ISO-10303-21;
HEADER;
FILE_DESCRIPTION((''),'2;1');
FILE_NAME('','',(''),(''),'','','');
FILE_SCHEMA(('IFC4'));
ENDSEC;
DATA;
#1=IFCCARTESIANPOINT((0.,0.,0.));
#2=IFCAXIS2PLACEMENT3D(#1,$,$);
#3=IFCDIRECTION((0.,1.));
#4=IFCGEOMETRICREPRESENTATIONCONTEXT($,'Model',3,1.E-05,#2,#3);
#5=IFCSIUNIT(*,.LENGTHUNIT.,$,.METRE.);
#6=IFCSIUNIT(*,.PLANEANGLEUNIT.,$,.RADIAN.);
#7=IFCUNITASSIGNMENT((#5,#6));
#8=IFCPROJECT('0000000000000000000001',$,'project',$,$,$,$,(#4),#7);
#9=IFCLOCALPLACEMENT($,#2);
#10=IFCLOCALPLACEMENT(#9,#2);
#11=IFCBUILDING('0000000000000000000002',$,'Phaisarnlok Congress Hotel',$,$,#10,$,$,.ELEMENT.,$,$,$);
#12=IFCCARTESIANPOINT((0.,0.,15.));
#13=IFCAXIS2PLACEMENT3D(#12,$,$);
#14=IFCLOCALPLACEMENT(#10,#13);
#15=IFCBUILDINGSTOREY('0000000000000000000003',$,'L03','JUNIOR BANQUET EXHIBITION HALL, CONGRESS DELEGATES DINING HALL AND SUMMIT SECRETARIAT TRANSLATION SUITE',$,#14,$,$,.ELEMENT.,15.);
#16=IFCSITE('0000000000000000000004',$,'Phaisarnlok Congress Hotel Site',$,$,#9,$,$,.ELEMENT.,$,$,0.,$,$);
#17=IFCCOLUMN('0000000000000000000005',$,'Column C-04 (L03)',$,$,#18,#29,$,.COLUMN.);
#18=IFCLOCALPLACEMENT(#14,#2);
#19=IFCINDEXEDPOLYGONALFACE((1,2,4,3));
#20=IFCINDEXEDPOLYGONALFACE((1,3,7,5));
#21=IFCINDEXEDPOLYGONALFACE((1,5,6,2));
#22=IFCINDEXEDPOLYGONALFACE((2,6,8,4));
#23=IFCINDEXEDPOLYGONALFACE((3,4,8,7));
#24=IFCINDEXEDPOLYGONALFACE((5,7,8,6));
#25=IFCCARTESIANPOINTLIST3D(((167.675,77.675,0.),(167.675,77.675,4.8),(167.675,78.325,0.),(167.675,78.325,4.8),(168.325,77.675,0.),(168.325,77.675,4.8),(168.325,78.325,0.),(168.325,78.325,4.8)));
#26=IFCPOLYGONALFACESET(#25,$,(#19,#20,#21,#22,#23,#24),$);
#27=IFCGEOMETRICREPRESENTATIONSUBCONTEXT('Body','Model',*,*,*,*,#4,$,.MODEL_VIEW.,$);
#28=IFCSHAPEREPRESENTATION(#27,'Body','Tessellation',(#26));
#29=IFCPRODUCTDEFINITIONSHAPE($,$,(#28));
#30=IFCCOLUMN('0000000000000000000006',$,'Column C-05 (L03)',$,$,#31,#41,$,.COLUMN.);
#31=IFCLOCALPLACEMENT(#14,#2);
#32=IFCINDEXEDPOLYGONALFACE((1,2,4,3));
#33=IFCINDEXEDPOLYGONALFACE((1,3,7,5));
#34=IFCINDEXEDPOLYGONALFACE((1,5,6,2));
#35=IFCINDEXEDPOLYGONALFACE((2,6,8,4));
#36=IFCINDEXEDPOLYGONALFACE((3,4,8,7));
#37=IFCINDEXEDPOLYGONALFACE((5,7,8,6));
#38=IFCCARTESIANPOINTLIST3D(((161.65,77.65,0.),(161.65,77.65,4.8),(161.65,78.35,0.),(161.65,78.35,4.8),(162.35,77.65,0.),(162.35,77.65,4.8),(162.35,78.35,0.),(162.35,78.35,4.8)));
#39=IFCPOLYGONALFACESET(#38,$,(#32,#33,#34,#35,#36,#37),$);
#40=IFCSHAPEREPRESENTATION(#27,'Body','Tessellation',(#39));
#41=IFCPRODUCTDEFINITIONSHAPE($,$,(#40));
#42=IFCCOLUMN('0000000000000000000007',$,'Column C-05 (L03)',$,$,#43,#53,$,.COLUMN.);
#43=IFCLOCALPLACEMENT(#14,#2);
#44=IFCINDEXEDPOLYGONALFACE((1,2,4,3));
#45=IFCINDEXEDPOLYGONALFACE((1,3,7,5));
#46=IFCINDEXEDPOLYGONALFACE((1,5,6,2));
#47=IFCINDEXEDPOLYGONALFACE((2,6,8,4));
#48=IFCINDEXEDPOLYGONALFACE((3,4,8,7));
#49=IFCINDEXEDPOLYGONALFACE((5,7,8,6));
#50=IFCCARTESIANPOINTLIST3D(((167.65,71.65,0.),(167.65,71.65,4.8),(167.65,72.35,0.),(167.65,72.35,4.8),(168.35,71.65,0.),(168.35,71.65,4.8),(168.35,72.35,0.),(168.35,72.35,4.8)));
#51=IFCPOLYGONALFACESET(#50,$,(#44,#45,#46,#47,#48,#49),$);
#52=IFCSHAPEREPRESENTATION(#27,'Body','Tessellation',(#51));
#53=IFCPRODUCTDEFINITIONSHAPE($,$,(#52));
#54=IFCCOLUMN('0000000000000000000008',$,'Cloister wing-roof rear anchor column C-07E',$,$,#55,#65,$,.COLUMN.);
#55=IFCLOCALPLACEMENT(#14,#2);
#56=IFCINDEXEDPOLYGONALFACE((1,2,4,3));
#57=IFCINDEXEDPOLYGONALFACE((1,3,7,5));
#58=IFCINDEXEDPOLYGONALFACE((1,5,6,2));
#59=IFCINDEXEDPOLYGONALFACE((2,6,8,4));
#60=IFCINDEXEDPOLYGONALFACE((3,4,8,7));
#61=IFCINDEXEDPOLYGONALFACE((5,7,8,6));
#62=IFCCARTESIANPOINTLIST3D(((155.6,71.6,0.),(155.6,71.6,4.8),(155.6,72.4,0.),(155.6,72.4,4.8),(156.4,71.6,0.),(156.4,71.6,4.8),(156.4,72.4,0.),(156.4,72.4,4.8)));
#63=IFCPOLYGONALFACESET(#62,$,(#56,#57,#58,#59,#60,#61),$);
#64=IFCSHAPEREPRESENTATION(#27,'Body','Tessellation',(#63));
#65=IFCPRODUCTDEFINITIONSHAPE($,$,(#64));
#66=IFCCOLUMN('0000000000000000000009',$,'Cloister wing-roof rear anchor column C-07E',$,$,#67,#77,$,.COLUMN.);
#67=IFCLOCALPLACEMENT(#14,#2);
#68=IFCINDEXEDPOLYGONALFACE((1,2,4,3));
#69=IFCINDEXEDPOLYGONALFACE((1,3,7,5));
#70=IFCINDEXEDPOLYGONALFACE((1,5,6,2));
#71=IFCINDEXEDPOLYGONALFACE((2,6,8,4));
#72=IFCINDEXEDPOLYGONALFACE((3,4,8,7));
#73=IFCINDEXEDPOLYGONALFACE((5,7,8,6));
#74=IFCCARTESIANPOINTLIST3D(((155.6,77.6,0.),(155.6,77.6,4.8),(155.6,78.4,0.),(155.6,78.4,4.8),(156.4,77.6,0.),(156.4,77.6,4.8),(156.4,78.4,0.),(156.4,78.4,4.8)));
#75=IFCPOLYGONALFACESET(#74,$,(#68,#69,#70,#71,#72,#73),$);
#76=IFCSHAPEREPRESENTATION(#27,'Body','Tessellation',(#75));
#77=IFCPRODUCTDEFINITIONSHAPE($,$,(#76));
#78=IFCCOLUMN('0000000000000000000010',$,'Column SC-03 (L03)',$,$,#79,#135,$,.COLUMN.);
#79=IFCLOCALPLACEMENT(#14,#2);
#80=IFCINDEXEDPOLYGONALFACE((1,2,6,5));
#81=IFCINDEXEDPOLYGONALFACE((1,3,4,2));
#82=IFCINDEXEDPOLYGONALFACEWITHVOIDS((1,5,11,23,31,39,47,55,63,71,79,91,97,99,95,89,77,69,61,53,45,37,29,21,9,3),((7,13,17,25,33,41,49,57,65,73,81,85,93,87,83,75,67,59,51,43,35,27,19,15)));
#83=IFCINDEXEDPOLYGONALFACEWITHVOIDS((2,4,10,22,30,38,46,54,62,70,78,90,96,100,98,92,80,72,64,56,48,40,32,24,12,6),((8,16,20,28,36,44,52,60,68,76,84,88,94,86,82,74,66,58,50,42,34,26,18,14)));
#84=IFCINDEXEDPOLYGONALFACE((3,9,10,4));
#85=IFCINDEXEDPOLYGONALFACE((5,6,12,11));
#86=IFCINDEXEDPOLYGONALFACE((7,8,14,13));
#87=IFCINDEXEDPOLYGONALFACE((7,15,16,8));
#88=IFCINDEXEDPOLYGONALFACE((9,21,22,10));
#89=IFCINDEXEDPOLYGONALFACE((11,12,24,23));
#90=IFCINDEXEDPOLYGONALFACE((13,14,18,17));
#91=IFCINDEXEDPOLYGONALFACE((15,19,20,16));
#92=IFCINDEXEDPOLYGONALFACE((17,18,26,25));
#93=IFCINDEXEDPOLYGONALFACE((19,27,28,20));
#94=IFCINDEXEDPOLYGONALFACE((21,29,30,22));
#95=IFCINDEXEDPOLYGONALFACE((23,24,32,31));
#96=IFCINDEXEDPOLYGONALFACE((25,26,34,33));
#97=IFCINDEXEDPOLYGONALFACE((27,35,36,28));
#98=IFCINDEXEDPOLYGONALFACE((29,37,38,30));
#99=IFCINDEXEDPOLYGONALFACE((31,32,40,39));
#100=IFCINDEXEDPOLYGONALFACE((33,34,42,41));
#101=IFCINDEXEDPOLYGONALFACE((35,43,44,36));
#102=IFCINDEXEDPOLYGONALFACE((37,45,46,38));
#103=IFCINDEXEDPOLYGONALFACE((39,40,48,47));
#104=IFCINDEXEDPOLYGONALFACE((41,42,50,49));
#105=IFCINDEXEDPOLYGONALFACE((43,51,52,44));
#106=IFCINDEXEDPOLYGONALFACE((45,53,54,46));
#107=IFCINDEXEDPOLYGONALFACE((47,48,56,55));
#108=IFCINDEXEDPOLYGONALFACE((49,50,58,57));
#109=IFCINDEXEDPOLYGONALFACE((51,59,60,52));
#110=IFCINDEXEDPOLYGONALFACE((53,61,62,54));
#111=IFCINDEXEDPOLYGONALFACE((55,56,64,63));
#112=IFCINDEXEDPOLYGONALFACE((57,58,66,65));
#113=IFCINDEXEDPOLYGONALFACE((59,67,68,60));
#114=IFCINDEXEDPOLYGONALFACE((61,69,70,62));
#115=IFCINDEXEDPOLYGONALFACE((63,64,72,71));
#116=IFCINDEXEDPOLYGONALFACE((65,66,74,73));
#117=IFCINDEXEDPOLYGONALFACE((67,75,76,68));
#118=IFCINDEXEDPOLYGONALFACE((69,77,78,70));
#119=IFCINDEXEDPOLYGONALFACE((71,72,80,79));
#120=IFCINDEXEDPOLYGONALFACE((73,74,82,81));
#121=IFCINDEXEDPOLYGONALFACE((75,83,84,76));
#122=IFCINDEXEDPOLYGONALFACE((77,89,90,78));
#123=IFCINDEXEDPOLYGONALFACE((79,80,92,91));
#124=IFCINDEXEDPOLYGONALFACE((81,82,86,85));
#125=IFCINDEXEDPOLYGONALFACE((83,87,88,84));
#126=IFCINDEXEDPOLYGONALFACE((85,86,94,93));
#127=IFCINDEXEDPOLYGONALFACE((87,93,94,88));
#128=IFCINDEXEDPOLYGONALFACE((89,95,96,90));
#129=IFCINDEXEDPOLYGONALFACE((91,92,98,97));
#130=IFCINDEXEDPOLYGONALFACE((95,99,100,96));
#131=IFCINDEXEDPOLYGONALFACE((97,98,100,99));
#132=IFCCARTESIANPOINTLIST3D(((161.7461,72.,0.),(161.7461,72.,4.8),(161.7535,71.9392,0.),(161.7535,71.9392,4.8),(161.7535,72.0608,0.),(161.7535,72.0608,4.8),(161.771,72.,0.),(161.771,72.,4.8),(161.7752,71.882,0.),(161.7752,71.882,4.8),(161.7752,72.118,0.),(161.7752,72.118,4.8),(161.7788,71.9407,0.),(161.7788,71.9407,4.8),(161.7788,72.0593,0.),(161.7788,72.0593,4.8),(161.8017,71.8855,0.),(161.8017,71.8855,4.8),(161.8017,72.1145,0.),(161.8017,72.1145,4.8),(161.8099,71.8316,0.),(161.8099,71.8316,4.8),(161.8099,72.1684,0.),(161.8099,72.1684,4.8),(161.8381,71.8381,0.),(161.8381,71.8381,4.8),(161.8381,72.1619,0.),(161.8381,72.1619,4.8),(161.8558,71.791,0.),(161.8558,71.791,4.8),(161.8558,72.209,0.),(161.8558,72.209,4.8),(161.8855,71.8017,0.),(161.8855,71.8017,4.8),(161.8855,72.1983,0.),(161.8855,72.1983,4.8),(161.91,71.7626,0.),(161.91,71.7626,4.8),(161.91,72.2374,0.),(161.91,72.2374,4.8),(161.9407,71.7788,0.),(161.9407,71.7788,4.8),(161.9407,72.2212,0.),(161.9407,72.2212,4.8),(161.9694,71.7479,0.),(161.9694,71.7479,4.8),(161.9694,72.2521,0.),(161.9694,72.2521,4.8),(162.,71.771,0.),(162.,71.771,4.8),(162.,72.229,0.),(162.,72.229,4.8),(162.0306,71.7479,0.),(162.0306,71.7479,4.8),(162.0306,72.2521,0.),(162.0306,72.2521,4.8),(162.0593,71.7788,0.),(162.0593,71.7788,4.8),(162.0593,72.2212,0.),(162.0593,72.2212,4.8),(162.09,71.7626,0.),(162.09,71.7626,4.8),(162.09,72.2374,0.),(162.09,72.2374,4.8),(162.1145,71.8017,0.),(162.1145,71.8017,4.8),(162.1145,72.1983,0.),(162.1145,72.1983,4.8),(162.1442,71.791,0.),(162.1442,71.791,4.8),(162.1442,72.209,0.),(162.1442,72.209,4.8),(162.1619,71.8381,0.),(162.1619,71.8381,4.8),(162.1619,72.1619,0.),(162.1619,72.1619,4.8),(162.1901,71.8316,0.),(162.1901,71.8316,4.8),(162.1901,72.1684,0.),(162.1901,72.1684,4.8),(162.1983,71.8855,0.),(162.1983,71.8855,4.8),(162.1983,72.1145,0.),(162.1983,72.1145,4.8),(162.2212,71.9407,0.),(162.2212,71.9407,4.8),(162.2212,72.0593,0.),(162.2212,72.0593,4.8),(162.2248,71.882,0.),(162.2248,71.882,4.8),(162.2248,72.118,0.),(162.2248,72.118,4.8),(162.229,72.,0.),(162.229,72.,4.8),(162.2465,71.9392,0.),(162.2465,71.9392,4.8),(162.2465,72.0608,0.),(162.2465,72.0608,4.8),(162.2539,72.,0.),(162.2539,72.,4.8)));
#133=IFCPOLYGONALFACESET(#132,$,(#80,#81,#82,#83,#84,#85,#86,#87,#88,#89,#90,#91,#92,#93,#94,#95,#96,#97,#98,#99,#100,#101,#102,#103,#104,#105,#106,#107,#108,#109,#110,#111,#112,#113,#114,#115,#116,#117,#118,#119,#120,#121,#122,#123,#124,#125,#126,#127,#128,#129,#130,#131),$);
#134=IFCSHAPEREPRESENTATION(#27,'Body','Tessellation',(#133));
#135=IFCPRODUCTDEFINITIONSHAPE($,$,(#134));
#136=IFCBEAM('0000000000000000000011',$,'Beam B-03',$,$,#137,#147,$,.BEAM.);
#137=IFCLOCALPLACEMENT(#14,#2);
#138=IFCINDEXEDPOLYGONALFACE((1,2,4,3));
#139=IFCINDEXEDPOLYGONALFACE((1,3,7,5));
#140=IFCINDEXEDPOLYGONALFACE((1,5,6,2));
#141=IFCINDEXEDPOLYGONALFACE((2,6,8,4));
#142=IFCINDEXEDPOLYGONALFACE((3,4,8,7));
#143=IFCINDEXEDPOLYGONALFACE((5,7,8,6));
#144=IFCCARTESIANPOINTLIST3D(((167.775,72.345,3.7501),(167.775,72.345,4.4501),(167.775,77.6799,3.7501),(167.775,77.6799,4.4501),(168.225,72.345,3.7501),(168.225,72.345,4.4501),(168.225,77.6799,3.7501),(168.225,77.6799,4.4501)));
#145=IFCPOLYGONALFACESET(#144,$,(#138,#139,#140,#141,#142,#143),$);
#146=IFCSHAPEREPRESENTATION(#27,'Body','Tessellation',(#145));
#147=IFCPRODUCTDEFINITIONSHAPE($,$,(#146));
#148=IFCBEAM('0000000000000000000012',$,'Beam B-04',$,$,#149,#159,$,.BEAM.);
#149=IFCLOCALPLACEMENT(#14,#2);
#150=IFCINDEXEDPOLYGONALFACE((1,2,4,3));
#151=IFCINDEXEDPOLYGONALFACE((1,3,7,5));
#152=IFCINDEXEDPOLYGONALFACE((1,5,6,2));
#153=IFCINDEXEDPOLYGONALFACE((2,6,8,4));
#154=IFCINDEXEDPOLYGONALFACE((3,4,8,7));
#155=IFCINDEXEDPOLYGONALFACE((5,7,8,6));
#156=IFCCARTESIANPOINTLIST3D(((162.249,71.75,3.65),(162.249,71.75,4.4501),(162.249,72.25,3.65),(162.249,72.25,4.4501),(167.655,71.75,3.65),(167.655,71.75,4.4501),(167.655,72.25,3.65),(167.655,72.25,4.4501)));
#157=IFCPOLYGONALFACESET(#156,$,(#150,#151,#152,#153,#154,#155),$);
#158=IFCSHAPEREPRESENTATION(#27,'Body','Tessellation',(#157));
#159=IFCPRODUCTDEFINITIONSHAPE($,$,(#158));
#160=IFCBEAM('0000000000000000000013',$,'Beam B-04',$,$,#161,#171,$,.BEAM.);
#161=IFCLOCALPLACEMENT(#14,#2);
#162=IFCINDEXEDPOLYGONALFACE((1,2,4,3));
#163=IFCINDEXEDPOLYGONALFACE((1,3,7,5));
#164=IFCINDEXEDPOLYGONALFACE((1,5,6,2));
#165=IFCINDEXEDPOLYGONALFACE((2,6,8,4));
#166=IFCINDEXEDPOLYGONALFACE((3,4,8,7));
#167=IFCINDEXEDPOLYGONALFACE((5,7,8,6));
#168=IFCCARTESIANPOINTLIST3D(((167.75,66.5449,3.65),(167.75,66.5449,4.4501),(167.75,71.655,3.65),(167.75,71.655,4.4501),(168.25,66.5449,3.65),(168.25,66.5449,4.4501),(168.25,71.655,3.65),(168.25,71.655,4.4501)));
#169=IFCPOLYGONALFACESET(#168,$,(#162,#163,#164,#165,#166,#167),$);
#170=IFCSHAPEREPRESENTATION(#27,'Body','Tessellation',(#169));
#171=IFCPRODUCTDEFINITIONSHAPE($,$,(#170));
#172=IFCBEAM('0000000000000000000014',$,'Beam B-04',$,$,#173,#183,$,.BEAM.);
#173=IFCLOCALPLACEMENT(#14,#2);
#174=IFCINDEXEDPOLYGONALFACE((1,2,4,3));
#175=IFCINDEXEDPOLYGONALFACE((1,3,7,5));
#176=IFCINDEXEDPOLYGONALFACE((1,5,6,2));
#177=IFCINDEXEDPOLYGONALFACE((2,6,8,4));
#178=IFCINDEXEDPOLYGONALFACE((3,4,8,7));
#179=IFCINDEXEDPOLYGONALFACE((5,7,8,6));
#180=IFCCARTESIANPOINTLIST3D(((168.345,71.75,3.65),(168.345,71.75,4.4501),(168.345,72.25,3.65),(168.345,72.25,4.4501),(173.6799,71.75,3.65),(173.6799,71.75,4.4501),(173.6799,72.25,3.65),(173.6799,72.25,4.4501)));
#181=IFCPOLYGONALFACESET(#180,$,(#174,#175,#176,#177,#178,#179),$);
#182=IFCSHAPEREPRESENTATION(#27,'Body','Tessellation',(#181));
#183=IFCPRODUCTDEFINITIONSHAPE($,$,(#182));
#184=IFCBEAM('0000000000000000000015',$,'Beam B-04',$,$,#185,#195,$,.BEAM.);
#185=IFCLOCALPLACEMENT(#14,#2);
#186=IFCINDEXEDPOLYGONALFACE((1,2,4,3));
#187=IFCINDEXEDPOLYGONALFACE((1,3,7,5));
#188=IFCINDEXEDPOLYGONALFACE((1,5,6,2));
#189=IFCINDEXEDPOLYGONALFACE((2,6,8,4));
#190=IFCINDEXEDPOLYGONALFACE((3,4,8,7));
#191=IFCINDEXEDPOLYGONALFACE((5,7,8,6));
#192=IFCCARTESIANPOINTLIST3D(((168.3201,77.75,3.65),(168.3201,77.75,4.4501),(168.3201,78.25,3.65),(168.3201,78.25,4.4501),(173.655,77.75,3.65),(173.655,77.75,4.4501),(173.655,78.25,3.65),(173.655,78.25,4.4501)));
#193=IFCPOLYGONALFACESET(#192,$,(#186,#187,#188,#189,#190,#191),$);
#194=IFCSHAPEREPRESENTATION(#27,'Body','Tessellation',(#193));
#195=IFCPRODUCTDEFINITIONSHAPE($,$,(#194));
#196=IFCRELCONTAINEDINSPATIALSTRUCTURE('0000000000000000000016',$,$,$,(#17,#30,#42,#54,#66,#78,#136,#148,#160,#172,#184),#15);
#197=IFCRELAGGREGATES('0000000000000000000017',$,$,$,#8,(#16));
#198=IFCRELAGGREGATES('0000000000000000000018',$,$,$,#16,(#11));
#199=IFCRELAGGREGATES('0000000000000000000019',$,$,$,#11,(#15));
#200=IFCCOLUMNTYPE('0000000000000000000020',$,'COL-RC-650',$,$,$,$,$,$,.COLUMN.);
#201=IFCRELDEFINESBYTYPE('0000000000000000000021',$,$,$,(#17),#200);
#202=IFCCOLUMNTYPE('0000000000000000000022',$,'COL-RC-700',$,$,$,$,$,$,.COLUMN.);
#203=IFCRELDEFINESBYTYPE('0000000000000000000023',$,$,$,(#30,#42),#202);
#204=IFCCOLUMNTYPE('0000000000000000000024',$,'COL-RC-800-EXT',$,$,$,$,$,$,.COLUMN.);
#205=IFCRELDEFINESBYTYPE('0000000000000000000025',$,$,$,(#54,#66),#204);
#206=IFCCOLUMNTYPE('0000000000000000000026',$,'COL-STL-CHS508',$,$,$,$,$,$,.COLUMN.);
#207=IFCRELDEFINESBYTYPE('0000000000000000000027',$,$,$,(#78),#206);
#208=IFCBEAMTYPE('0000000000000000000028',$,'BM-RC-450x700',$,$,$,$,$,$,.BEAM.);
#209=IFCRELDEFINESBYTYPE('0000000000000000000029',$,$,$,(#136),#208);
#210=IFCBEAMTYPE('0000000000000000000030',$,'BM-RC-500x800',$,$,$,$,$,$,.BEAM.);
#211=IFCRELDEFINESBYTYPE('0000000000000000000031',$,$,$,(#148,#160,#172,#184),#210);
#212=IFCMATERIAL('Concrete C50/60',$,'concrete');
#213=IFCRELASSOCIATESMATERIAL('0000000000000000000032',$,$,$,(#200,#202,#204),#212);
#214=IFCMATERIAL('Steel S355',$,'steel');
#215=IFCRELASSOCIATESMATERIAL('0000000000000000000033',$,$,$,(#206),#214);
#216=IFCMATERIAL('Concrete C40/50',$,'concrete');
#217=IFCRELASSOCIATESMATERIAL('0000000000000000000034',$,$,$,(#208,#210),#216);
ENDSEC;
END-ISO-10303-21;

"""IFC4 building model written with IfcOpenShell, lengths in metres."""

from ifc_helpers import new_model, si_unit, direction, frame, origin, origin_2d, place, context, subcontext, project, spatial, rectangle, hollow_circle, extrude, material, material_profile, profile_set, type_object, element, save


model = new_model("IFC4")

# Units and contexts
model_context = context("Model", 3, precision=1e-05, world=origin(), true_north=direction((0.0, 1.0)))
body_context = subcontext(model_context, "Body", "Model", "MODEL_VIEW")
ifc_project = project(units=[si_unit("LENGTHUNIT", "METRE"), si_unit("PLANEANGLEUNIT", "RADIAN")], contexts=[model_context])

# Site, building, storey
site_placement = place(None, origin())
site = spatial("IfcSite", under=ifc_project, at=site_placement, Name="Phaisarnlok Congress Hotel Site", CompositionType="ELEMENT", RefElevation=0.0)
building_placement = place(site_placement, origin())
building = spatial("IfcBuilding", under=site, at=building_placement, Name="Phaisarnlok Congress Hotel", CompositionType="ELEMENT")
storey_placement = place(building_placement, frame((0.0, 0.0, 15.0)))
storey = spatial("IfcBuildingStorey", under=building, at=storey_placement, Name="L03", Description="JUNIOR BANQUET EXHIBITION HALL, CONGRESS DELEGATES DINING HALL AND SUMMIT SECRETARIAT TRANSLATION SUITE", CompositionType="ELEMENT", Elevation=15.0)

# Columns
ifc_material_1 = material(Name="Concrete C50/60", Category="concrete")
ifc_material_profile_1 = material_profile(ifc_material_1, rectangle(XDim=0.6499, YDim=0.6499, at=origin_2d()), Name="RC 650x650")
ifc_profile_set_1 = profile_set([ifc_material_profile_1], Name="Concrete C50/60")
column_type_1 = type_object("IfcColumnType", Name="COL-RC-650", PredefinedType="COLUMN", material=ifc_profile_set_1)
column_1_placement = place(storey_placement, frame((168.0, 78.0, 0.0), z_axis=(0.0, 0.0, 1.0), x_axis=(1.0, 0.0, 0.0)))
element("IfcColumn", 1, at=column_1_placement, inside=storey, type_object=column_type_1, Name="Column C-04 (L03)", PredefinedType="COLUMN", context=body_context, shape_type="SweptSolid", body=[
    extrude(rectangle(XDim=0.6499, YDim=0.6499, at=origin_2d()), origin(), (0.0, 0.0, 1.0), 4.8),
])
ifc_material_profile_2 = material_profile(ifc_material_1, rectangle(XDim=0.7, YDim=0.7, at=origin_2d()), Name="RC 700x700")
ifc_profile_set_2 = profile_set([ifc_material_profile_2], Name="Concrete C50/60")
column_type_2 = type_object("IfcColumnType", Name="COL-RC-700", PredefinedType="COLUMN", material=ifc_profile_set_2)
for number, where, z_axis, x_axis, name in (
    (2, (162.0, 78.0, 0.0), (0.0, 0.0, 1.0), (1.0, 0.0, 0.0), "Column C-05 (L03)"),
    (3, (168.0, 72.0, 0.0), (0.0, 0.0, 1.0), (1.0, 0.0, 0.0), "Column C-05 (L03)"),
):
    element("IfcColumn", number, at=place(storey_placement, frame(where, z_axis=z_axis, x_axis=x_axis)), inside=storey, type_object=column_type_2, Name=name, PredefinedType="COLUMN", context=body_context, shape_type="SweptSolid", body=[
        extrude(rectangle(XDim=0.7, YDim=0.7, at=origin_2d()), origin(), (0.0, 0.0, 1.0), 4.8),
    ])
ifc_material_profile_3 = material_profile(ifc_material_1, rectangle(XDim=0.8, YDim=0.8, at=origin_2d()), Name="RC 800x800")
ifc_profile_set_3 = profile_set([ifc_material_profile_3], Name="Concrete C50/60")
column_type_3 = type_object("IfcColumnType", Name="COL-RC-800-EXT", PredefinedType="COLUMN", material=ifc_profile_set_3)
for number, where, z_axis, x_axis, name in (
    (4, (156.0, 72.0, 0.0), (0.0, 0.0, 1.0), (1.0, 0.0, 0.0), "Cloister wing-roof rear anchor column C-07E"),
    (5, (156.0, 78.0, 0.0), (0.0, 0.0, 1.0), (1.0, 0.0, 0.0), "Cloister wing-roof rear anchor column C-07E"),
):
    element("IfcColumn", number, at=place(storey_placement, frame(where, z_axis=z_axis, x_axis=x_axis)), inside=storey, type_object=column_type_3, Name=name, PredefinedType="COLUMN", context=body_context, shape_type="SweptSolid", body=[
        extrude(rectangle(XDim=0.8, YDim=0.8, at=origin_2d()), origin(), (0.0, 0.0, 1.0), 4.8),
    ])
ifc_material_2 = material(Name="Steel S355", Category="steel")
ifc_material_profile_4 = material_profile(ifc_material_2, hollow_circle(Radius=0.2539, WallThickness=0.0249, at=origin_2d()), Name="CHS 508x25")
ifc_profile_set_4 = profile_set([ifc_material_profile_4], Name="Steel S355")
column_type_4 = type_object("IfcColumnType", Name="COL-STL-CHS508", PredefinedType="COLUMN", material=ifc_profile_set_4)
column_2_placement = place(storey_placement, frame((162.0, 72.0, 0.0), z_axis=(0.0, 0.0, 1.0), x_axis=(1.0, 0.0, 0.0)))
element("IfcColumn", 6, at=column_2_placement, inside=storey, type_object=column_type_4, Name="Column SC-03 (L03)", PredefinedType="COLUMN", context=body_context, shape_type="SweptSolid", body=[
    extrude(hollow_circle(Radius=0.2539, WallThickness=0.0249, at=origin_2d()), origin(), (0.0, 0.0, 1.0), 4.8),
])

# Beams
ifc_material_3 = material(Name="Concrete C40/50", Category="concrete")
ifc_material_profile_5 = material_profile(ifc_material_3, rectangle(XDim=0.45, YDim=0.7, at=origin_2d()), Name="RC 450x700")
ifc_profile_set_5 = profile_set([ifc_material_profile_5], Name="Concrete C40/50")
beam_type_1 = type_object("IfcBeamType", Name="BM-RC-450x700", PredefinedType="BEAM", material=ifc_profile_set_5)
beam_1_placement = place(storey_placement, frame((168.0, 72.345, 4.1001), z_axis=(0.0, 1.0, 0.0), x_axis=(-1.0, 0.0, 0.0)))
element("IfcBeam", 7, at=beam_1_placement, inside=storey, type_object=beam_type_1, Name="Beam B-03", PredefinedType="BEAM", context=body_context, shape_type="SweptSolid", body=[
    extrude(rectangle(XDim=0.45, YDim=0.7, at=origin_2d()), origin(), (0.0, 0.0, 1.0), 5.335),
])
ifc_material_profile_6 = material_profile(ifc_material_3, rectangle(XDim=0.5, YDim=0.8, at=origin_2d()), Name="RC 500x800")
ifc_profile_set_6 = profile_set([ifc_material_profile_6], Name="Concrete C40/50")
beam_type_2 = type_object("IfcBeamType", Name="BM-RC-500x800", PredefinedType="BEAM", material=ifc_profile_set_6)
beam_2_placement = place(storey_placement, frame((162.249, 72.0, 4.05), z_axis=(1.0, 0.0, 0.0), x_axis=(0.0, 1.0, 0.0)))
element("IfcBeam", 8, at=beam_2_placement, inside=storey, type_object=beam_type_2, Name="Beam B-04", PredefinedType="BEAM", context=body_context, shape_type="SweptSolid", body=[
    extrude(rectangle(XDim=0.5, YDim=0.8, at=origin_2d()), origin(), (0.0, 0.0, 1.0), 5.406),
])
beam_3_placement = place(storey_placement, frame((168.0, 66.5449, 4.05), z_axis=(0.0, 1.0, 0.0), x_axis=(-1.0, 0.0, 0.0)))
element("IfcBeam", 9, at=beam_3_placement, inside=storey, type_object=beam_type_2, Name="Beam B-04", PredefinedType="BEAM", context=body_context, shape_type="SweptSolid", body=[
    extrude(rectangle(XDim=0.5, YDim=0.8, at=origin_2d()), origin(), (0.0, 0.0, 1.0), 5.1101),
])
for number, where, z_axis, x_axis, name in (
    (10, (168.345, 72.0, 4.05), (1.0, 0.0, 0.0), (0.0, 1.0, 0.0), "Beam B-04"),
    (11, (168.3201, 78.0, 4.05), (1.0, 0.0, 0.0), (0.0, 1.0, 0.0), "Beam B-04"),
):
    element("IfcBeam", number, at=place(storey_placement, frame(where, z_axis=z_axis, x_axis=x_axis)), inside=storey, type_object=beam_type_2, Name=name, PredefinedType="BEAM", context=body_context, shape_type="SweptSolid", body=[
        extrude(rectangle(XDim=0.5, YDim=0.8, at=origin_2d()), origin(), (0.0, 0.0, 1.0), 5.335),
    ])

save(model, "model.ifc")
